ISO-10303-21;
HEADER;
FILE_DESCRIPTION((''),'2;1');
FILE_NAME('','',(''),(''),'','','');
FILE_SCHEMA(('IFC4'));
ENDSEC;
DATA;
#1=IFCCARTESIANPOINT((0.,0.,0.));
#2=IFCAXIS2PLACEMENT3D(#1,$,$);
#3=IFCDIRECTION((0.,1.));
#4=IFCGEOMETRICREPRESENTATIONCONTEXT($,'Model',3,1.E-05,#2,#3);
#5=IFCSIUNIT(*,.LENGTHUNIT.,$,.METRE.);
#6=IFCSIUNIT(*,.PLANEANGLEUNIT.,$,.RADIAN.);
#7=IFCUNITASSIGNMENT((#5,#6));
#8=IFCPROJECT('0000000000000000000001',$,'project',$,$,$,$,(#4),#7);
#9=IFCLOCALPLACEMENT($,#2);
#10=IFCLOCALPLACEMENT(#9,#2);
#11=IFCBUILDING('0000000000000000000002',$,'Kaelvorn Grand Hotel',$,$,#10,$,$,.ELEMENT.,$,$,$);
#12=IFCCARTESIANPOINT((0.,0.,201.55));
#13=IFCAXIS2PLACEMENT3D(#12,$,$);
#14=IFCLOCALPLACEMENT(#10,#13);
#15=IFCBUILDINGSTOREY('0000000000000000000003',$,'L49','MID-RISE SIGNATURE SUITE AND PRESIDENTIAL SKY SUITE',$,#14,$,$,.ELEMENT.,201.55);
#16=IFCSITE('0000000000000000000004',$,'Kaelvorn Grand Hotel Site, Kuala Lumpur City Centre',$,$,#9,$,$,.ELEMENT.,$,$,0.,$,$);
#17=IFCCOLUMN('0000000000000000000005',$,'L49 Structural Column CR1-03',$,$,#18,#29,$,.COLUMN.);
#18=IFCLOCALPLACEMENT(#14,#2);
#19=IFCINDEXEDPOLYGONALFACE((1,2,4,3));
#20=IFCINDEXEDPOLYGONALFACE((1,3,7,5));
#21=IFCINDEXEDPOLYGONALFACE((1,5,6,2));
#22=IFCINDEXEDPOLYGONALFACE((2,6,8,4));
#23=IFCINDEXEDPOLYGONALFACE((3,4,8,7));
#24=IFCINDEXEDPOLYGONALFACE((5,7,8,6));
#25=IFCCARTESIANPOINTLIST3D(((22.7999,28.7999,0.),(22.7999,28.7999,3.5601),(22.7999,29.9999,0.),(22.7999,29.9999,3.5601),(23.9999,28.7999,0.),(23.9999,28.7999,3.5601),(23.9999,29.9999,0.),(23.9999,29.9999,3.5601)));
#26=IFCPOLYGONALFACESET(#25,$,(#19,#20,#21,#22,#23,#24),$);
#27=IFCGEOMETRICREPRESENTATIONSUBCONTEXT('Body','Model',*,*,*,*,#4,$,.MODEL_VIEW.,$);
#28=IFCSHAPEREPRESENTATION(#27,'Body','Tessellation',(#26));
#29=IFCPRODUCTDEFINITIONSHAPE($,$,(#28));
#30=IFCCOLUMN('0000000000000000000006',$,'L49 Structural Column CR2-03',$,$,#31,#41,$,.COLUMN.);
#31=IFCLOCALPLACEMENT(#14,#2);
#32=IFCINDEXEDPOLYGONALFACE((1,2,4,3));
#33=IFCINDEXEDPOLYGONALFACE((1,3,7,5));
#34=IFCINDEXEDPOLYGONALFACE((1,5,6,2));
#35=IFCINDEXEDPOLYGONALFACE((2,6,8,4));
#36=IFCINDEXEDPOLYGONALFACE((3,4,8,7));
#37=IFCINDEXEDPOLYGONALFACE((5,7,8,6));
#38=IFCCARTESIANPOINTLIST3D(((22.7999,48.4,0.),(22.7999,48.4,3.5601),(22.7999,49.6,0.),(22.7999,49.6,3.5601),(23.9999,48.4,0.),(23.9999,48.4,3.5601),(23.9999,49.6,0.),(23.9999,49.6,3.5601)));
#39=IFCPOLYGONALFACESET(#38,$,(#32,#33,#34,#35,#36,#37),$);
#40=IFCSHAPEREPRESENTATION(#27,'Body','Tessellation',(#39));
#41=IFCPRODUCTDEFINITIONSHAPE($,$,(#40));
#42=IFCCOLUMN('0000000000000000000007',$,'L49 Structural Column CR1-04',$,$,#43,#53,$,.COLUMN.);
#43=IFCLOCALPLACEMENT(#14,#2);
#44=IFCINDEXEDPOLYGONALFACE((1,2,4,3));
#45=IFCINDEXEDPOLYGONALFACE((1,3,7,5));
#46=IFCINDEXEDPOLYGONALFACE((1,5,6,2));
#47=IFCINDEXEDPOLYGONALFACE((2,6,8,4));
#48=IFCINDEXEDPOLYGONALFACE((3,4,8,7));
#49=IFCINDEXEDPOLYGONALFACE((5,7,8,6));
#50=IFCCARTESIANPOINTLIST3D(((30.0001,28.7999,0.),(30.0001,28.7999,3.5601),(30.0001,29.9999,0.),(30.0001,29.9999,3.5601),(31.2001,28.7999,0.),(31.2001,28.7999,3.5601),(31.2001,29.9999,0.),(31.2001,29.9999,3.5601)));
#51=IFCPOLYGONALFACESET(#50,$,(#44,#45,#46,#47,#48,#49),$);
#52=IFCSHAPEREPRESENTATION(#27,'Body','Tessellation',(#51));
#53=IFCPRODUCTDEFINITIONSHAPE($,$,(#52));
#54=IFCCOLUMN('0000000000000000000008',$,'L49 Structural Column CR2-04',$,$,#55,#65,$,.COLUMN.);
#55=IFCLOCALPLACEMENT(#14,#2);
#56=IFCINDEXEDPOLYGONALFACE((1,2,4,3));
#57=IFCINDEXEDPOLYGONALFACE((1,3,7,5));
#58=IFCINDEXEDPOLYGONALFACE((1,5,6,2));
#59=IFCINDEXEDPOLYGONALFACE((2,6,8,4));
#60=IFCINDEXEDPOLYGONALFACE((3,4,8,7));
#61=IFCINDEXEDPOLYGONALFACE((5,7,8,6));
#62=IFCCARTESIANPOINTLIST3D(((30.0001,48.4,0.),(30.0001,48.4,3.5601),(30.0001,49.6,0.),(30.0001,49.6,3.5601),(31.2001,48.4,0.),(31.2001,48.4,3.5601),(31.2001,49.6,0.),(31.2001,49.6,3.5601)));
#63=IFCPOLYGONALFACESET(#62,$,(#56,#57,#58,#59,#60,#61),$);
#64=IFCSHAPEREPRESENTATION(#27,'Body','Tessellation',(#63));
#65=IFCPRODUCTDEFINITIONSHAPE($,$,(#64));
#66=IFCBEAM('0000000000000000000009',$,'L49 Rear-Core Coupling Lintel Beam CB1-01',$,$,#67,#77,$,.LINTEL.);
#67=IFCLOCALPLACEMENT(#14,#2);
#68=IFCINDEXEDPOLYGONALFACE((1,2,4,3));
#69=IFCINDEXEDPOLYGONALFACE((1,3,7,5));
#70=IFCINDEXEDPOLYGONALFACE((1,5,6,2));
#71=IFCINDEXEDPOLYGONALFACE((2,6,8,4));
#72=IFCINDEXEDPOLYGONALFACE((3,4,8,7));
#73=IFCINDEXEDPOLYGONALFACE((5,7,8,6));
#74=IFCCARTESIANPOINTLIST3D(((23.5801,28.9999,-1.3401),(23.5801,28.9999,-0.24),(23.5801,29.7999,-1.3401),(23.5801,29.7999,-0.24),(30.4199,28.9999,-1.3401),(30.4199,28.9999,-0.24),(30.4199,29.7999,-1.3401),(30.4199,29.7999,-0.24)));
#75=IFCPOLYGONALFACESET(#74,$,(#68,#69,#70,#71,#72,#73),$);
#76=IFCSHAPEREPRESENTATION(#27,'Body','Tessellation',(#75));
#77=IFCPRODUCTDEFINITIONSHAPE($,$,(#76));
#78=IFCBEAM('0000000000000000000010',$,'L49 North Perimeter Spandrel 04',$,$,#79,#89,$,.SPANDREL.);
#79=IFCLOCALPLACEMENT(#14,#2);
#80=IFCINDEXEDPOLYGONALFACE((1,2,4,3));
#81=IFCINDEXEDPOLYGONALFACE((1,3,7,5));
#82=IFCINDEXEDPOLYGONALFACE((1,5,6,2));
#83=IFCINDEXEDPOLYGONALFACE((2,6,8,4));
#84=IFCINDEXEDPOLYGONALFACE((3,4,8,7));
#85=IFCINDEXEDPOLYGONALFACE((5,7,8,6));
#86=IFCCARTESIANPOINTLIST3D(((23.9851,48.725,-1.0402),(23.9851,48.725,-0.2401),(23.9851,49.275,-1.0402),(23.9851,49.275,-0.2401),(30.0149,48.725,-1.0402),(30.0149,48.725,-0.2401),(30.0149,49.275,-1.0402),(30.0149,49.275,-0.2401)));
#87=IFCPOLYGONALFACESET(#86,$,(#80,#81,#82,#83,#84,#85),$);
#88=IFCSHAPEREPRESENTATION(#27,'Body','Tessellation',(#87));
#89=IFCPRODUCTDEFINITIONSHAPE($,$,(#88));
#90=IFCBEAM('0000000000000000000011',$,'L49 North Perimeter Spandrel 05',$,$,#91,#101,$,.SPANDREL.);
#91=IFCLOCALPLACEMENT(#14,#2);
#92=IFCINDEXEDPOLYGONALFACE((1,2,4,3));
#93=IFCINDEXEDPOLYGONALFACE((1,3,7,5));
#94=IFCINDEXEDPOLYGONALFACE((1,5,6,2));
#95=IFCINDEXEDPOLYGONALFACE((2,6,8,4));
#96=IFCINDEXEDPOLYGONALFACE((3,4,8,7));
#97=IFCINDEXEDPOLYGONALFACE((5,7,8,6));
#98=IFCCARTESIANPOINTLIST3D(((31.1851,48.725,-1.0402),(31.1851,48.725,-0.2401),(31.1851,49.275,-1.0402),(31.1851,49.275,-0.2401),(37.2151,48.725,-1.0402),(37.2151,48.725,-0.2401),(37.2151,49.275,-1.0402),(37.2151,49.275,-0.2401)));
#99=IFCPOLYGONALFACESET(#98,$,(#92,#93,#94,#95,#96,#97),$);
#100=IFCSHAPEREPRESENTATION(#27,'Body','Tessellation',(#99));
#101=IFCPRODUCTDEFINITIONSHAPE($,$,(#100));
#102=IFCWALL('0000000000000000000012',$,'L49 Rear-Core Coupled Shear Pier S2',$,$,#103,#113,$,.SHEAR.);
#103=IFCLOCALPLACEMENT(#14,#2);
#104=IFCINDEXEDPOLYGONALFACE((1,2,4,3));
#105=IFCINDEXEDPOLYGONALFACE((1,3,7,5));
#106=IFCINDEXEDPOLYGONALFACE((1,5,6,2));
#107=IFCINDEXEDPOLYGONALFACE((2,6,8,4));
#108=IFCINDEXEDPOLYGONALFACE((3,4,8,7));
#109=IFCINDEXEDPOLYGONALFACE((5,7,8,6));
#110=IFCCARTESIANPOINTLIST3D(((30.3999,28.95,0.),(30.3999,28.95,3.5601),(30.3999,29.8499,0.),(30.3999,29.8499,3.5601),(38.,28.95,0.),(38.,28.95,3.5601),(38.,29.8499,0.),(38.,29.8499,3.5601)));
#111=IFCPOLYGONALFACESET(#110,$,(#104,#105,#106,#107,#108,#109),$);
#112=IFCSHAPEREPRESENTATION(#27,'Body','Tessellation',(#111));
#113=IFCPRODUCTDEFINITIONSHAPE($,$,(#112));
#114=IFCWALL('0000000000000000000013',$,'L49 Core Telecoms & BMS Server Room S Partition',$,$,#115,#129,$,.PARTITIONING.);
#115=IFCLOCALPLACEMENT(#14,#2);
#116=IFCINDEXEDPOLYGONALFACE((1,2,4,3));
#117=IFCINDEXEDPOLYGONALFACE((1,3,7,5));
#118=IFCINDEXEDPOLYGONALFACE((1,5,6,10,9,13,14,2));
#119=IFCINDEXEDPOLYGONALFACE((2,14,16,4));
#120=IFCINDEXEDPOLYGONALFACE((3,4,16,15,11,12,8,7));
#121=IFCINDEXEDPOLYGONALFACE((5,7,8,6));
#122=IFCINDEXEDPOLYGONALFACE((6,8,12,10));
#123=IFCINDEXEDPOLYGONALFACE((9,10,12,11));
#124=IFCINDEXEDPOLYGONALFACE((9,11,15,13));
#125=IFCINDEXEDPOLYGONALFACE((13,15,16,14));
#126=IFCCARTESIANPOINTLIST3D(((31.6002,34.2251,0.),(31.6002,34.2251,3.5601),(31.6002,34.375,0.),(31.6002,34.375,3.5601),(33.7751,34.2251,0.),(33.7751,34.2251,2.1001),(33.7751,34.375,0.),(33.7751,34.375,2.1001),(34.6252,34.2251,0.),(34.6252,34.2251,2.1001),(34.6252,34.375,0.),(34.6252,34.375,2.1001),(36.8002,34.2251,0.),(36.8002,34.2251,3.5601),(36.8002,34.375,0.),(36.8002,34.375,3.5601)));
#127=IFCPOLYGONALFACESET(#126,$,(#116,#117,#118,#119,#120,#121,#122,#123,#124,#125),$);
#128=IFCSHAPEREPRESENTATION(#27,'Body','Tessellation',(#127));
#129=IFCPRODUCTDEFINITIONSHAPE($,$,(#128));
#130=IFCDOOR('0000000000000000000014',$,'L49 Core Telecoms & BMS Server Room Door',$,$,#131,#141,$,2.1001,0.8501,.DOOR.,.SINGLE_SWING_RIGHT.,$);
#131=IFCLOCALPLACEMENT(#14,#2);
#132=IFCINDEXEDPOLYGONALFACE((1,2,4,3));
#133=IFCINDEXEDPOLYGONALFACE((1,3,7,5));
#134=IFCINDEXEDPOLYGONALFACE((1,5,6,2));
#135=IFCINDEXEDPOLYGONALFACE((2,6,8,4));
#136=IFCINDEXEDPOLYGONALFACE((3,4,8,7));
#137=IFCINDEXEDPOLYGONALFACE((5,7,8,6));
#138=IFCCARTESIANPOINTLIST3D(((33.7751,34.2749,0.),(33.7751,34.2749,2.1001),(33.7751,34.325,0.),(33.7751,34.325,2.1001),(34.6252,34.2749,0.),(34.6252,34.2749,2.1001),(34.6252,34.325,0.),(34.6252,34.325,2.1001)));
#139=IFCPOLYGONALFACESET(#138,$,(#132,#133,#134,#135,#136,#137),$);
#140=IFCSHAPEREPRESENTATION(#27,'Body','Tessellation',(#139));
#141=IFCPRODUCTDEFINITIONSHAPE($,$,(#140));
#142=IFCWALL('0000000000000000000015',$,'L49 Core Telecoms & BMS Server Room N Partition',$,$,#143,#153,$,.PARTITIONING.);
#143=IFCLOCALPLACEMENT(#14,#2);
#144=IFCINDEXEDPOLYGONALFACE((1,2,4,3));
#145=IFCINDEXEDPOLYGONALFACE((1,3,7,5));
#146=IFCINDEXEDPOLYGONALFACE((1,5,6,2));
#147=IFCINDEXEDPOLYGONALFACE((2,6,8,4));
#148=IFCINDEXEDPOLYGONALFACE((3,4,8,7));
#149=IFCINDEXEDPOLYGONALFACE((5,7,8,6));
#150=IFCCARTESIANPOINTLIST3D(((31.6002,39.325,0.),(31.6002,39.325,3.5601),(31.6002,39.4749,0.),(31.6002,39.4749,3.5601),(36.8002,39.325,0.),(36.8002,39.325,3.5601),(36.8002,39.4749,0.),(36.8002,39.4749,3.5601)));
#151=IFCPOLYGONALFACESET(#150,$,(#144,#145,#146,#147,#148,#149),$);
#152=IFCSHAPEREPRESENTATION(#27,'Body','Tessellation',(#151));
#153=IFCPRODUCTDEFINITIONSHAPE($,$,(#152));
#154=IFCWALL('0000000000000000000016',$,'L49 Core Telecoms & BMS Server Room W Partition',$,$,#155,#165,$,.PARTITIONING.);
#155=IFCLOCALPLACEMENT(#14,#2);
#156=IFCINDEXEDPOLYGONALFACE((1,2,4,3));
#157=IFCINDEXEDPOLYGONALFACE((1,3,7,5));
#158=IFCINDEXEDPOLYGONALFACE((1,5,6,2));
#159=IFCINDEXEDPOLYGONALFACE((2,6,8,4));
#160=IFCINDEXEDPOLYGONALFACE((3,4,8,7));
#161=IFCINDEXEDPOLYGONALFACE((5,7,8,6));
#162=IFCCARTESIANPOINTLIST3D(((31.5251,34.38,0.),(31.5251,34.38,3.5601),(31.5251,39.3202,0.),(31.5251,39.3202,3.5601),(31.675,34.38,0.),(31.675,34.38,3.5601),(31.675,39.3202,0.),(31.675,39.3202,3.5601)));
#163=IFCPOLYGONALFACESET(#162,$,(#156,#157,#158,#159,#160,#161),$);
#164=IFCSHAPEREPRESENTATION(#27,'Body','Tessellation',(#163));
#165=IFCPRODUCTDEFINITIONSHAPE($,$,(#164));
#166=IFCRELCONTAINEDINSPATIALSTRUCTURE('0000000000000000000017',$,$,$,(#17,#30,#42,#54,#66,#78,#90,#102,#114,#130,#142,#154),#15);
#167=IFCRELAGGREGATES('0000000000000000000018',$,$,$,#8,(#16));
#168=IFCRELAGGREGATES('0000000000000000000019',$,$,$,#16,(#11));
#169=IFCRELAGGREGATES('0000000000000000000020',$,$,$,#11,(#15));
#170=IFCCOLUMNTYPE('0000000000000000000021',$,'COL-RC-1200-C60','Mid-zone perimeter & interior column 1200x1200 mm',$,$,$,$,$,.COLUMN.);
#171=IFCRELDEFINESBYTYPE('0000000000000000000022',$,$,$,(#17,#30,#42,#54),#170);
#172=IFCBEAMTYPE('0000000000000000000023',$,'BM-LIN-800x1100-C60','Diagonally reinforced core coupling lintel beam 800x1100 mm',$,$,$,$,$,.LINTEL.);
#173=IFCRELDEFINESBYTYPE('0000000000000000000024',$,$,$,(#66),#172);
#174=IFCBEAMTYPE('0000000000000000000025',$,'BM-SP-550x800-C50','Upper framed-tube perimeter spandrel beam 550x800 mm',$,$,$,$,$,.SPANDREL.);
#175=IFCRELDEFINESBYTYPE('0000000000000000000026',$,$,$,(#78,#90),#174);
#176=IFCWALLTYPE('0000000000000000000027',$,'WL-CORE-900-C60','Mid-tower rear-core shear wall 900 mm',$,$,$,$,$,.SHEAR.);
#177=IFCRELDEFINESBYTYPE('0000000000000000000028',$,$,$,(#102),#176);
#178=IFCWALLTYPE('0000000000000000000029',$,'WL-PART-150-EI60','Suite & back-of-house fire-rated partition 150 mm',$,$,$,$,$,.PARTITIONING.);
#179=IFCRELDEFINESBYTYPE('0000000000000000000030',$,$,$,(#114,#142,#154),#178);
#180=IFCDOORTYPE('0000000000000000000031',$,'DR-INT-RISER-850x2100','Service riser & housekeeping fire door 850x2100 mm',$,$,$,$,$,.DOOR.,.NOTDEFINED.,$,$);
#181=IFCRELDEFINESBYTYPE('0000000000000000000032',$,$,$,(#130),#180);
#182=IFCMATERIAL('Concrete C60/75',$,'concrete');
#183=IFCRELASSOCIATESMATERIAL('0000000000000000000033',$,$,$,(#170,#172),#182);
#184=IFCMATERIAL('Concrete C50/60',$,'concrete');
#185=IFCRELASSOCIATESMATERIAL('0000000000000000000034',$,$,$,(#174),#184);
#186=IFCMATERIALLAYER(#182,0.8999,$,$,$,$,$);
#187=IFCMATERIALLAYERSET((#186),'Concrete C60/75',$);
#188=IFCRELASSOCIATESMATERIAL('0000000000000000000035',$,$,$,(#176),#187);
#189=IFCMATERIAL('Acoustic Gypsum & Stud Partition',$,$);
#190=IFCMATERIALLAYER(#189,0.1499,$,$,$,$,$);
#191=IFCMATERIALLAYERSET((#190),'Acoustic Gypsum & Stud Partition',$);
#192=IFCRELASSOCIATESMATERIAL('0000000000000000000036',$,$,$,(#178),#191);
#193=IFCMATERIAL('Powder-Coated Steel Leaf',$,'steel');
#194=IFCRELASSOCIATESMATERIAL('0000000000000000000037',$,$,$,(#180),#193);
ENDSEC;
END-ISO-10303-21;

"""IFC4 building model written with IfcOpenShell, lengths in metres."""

from ifc_helpers import new_model, si_unit, direction, frame, frame_2d, origin, origin_2d, place, context, subcontext, project, spatial, rectangle, extrude, material, layer, layer_set, material_profile, profile_set, type_object, element, fill, save


model = new_model("IFC4")

# Units and contexts
model_context = context("Model", 3, precision=1e-05, world=origin(), true_north=direction((0.0, 1.0)))
body_context = subcontext(model_context, "Body", "Model", "MODEL_VIEW")
ifc_project = project(units=[si_unit("LENGTHUNIT", "METRE"), si_unit("PLANEANGLEUNIT", "RADIAN")], contexts=[model_context])

# Site, building, storey
site_placement = place(None, origin())
site = spatial("IfcSite", under=ifc_project, at=site_placement, Name="Kaelvorn Grand Hotel Site, Kuala Lumpur City Centre", CompositionType="ELEMENT", RefElevation=0.0)
building_placement = place(site_placement, origin())
building = spatial("IfcBuilding", under=site, at=building_placement, Name="Kaelvorn Grand Hotel", CompositionType="ELEMENT")
storey_placement = place(building_placement, frame((0.0, 0.0, 201.55)))
storey = spatial("IfcBuildingStorey", under=building, at=storey_placement, Name="L49", Description="MID-RISE SIGNATURE SUITE AND PRESIDENTIAL SKY SUITE", CompositionType="ELEMENT", Elevation=201.55)

# Columns
ifc_material_1 = material(Name="Concrete C60/75", Category="concrete")
ifc_material_profile_1 = material_profile(ifc_material_1, rectangle(XDim=1.2, YDim=1.2, at=origin_2d()), Name="RC COL 1200x1200")
ifc_profile_set_1 = profile_set([ifc_material_profile_1], Name="Concrete C60/75")
column_type = type_object("IfcColumnType", Name="COL-RC-1200-C60", Description="Mid-zone perimeter & interior column 1200x1200 mm", PredefinedType="COLUMN", material=ifc_profile_set_1)
for number, where, z_axis, x_axis, name in (
    (1, (23.3999, 29.3999, 0.0), (0.0, 0.0, 1.0), (1.0, 0.0, 0.0), "L49 Structural Column CR1-03"),
    (2, (23.3999, 49.0, 0.0), (0.0, 0.0, 1.0), (1.0, 0.0, 0.0), "L49 Structural Column CR2-03"),
    (3, (30.6001, 29.3999, 0.0), (0.0, 0.0, 1.0), (1.0, 0.0, 0.0), "L49 Structural Column CR1-04"),
    (4, (30.6001, 49.0, 0.0), (0.0, 0.0, 1.0), (1.0, 0.0, 0.0), "L49 Structural Column CR2-04"),
):
    element("IfcColumn", number, at=place(storey_placement, frame(where, z_axis=z_axis, x_axis=x_axis)), inside=storey, type_object=column_type, Name=name, PredefinedType="COLUMN", context=body_context, shape_type="SweptSolid", body=[
        extrude(rectangle(XDim=1.2, YDim=1.2, at=origin_2d()), origin(), (0.0, 0.0, 1.0), 3.5601),
    ])

# Beams
ifc_material_profile_2 = material_profile(ifc_material_1, rectangle(XDim=0.8, YDim=1.1001, at=origin_2d()), Name="RC LINTEL 800x1100")
ifc_profile_set_2 = profile_set([ifc_material_profile_2], Name="Concrete C60/75")
beam_type_1 = type_object("IfcBeamType", Name="BM-LIN-800x1100-C60", Description="Diagonally reinforced core coupling lintel beam 800x1100 mm", PredefinedType="LINTEL", material=ifc_profile_set_2)
beam_1_placement = place(storey_placement, frame((23.5801, 29.3999, -0.79), z_axis=(1.0, 0.0, 0.0), x_axis=(0.0, 1.0, 0.0)))
element("IfcBeam", 5, at=beam_1_placement, inside=storey, type_object=beam_type_1, Name="L49 Rear-Core Coupling Lintel Beam CB1-01", PredefinedType="LINTEL", context=body_context, shape_type="SweptSolid", body=[
    extrude(rectangle(XDim=0.8, YDim=1.1001, at=origin_2d()), origin(), (0.0, 0.0, 1.0), 6.8398),
])
ifc_material_2 = material(Name="Concrete C50/60", Category="concrete")
ifc_material_profile_3 = material_profile(ifc_material_2, rectangle(XDim=0.55, YDim=0.8, at=origin_2d()), Name="RC SPANDREL 550x800")
ifc_profile_set_3 = profile_set([ifc_material_profile_3], Name="Concrete C50/60")
beam_type_2 = type_object("IfcBeamType", Name="BM-SP-550x800-C50", Description="Upper framed-tube perimeter spandrel beam 550x800 mm", PredefinedType="SPANDREL", material=ifc_profile_set_3)
beam_2_placement = place(storey_placement, frame((23.9851, 49.0, -0.6401), z_axis=(1.0, 0.0, 0.0), x_axis=(0.0, 1.0, 0.0)))
element("IfcBeam", 6, at=beam_2_placement, inside=storey, type_object=beam_type_2, Name="L49 North Perimeter Spandrel 04", PredefinedType="SPANDREL", context=body_context, shape_type="SweptSolid", body=[
    extrude(rectangle(XDim=0.55, YDim=0.8, at=origin_2d()), origin(), (0.0, 0.0, 1.0), 6.0298),
])
beam_3_placement = place(storey_placement, frame((31.1851, 49.0, -0.6401), z_axis=(1.0, 0.0, 0.0), x_axis=(0.0, 1.0, 0.0)))
element("IfcBeam", 7, at=beam_3_placement, inside=storey, type_object=beam_type_2, Name="L49 North Perimeter Spandrel 05", PredefinedType="SPANDREL", context=body_context, shape_type="SweptSolid", body=[
    extrude(rectangle(XDim=0.55, YDim=0.8, at=origin_2d()), origin(), (0.0, 0.0, 1.0), 6.03),
])

# Wall
ifc_layer_1 = layer(ifc_material_1, 0.8999)
ifc_layer_set_1 = layer_set([ifc_layer_1], Name="Concrete C60/75")
wall_type_1 = type_object("IfcWallType", Name="WL-CORE-900-C60", Description="Mid-tower rear-core shear wall 900 mm", PredefinedType="SHEAR", material=ifc_layer_set_1)
wall_1_placement = place(storey_placement, frame((30.3999, 29.3999, 0.0), z_axis=(0.0, 0.0, 1.0), x_axis=(1.0, 0.0, 0.0)))
element("IfcWall", 8, at=wall_1_placement, inside=storey, type_object=wall_type_1, Name="L49 Rear-Core Coupled Shear Pier S2", PredefinedType="SHEAR", context=body_context, shape_type="SweptSolid", body=[
    extrude(rectangle(XDim=7.6001, YDim=0.8999, at=frame_2d((3.8, 0.0))), origin(), (0.0, 0.0, 1.0), 3.5601),
])

# Wall, opening, door
ifc_material_3 = material(Name="Acoustic Gypsum & Stud Partition")
ifc_layer_2 = layer(ifc_material_3, 0.1499)
ifc_layer_set_2 = layer_set([ifc_layer_2], Name="Acoustic Gypsum & Stud Partition")
wall_type_2 = type_object("IfcWallType", Name="WL-PART-150-EI60", Description="Suite & back-of-house fire-rated partition 150 mm", PredefinedType="PARTITIONING", material=ifc_layer_set_2)
wall_2_placement = place(storey_placement, frame((31.6001, 34.3, 0.0), z_axis=(0.0, 0.0, 1.0), x_axis=(1.0, 0.0, 0.0)))
wall_2 = element("IfcWall", 9, at=wall_2_placement, inside=storey, type_object=wall_type_2, Name="L49 Core Telecoms & BMS Server Room S Partition", PredefinedType="PARTITIONING", context=body_context, shape_type="SweptSolid", body=[
    extrude(rectangle(XDim=5.2, YDim=0.1499, at=frame_2d((2.6001, 0.0))), origin(), (0.0, 0.0, 1.0), 3.5601),
])
opening_1_placement = place(wall_2_placement, frame((2.175, 0.0, 0.0)))
opening_1 = element("IfcOpeningElement", 10, at=opening_1_placement, cuts=wall_2, PredefinedType="OPENING", context=body_context, shape_type="SweptSolid", body=[
    extrude(rectangle(XDim=0.8501, YDim=2.1001, at=frame_2d((0.425, 1.05))), frame((0.0, 0.085, 0.0), z_axis=(0.0, -1.0, 0.0), x_axis=(1.0, 0.0, 0.0)), (0.0, 0.0, 1.0), 0.1699),
])
ifc_material_4 = material(Name="Powder-Coated Steel Leaf", Category="steel")
door_type_1 = type_object("IfcDoorType", Name="DR-INT-RISER-850x2100", Description="Service riser & housekeeping fire door 850x2100 mm", OperationType="NOTDEFINED", PredefinedType="DOOR", material=ifc_material_4)
door_1_placement = place(opening_1_placement, origin())
door_1 = element("IfcDoor", 11, at=door_1_placement, inside=storey, type_object=door_type_1, Name="L49 Core Telecoms & BMS Server Room Door", OperationType="SINGLE_SWING_RIGHT", OverallHeight=2.1001, OverallWidth=0.8501, PredefinedType="DOOR", context=body_context, shape_type="SweptSolid", body=[
    extrude(rectangle(XDim=0.8501, YDim=2.1001, at=frame_2d((0.425, 1.05))), frame((0.0, 0.0249, 0.0), z_axis=(0.0, -1.0, 0.0), x_axis=(1.0, 0.0, 0.0)), (0.0, 0.0, 1.0), 0.05),
])
fill(opening_1, door_1)

# Walls
wall_3_placement = place(storey_placement, frame((31.6001, 39.3999, 0.0), z_axis=(0.0, 0.0, 1.0), x_axis=(1.0, 0.0, 0.0)))
element("IfcWall", 12, at=wall_3_placement, inside=storey, type_object=wall_type_2, Name="L49 Core Telecoms & BMS Server Room N Partition", PredefinedType="PARTITIONING", context=body_context, shape_type="SweptSolid", body=[
    extrude(rectangle(XDim=5.2, YDim=0.1499, at=frame_2d((2.6001, 0.0))), origin(), (0.0, 0.0, 1.0), 3.5601),
])
wall_4_placement = place(storey_placement, frame((31.6001, 34.3799, 0.0), z_axis=(0.0, 0.0, 1.0), x_axis=(0.0, 1.0, 0.0)))
element("IfcWall", 13, at=wall_4_placement, inside=storey, type_object=wall_type_2, Name="L49 Core Telecoms & BMS Server Room W Partition", PredefinedType="PARTITIONING", context=body_context, shape_type="SweptSolid", body=[
    extrude(rectangle(XDim=4.9402, YDim=0.1499, at=frame_2d((2.4702, 0.0))), origin(), (0.0, 0.0, 1.0), 3.5601),
])

save(model, "model.ifc")
